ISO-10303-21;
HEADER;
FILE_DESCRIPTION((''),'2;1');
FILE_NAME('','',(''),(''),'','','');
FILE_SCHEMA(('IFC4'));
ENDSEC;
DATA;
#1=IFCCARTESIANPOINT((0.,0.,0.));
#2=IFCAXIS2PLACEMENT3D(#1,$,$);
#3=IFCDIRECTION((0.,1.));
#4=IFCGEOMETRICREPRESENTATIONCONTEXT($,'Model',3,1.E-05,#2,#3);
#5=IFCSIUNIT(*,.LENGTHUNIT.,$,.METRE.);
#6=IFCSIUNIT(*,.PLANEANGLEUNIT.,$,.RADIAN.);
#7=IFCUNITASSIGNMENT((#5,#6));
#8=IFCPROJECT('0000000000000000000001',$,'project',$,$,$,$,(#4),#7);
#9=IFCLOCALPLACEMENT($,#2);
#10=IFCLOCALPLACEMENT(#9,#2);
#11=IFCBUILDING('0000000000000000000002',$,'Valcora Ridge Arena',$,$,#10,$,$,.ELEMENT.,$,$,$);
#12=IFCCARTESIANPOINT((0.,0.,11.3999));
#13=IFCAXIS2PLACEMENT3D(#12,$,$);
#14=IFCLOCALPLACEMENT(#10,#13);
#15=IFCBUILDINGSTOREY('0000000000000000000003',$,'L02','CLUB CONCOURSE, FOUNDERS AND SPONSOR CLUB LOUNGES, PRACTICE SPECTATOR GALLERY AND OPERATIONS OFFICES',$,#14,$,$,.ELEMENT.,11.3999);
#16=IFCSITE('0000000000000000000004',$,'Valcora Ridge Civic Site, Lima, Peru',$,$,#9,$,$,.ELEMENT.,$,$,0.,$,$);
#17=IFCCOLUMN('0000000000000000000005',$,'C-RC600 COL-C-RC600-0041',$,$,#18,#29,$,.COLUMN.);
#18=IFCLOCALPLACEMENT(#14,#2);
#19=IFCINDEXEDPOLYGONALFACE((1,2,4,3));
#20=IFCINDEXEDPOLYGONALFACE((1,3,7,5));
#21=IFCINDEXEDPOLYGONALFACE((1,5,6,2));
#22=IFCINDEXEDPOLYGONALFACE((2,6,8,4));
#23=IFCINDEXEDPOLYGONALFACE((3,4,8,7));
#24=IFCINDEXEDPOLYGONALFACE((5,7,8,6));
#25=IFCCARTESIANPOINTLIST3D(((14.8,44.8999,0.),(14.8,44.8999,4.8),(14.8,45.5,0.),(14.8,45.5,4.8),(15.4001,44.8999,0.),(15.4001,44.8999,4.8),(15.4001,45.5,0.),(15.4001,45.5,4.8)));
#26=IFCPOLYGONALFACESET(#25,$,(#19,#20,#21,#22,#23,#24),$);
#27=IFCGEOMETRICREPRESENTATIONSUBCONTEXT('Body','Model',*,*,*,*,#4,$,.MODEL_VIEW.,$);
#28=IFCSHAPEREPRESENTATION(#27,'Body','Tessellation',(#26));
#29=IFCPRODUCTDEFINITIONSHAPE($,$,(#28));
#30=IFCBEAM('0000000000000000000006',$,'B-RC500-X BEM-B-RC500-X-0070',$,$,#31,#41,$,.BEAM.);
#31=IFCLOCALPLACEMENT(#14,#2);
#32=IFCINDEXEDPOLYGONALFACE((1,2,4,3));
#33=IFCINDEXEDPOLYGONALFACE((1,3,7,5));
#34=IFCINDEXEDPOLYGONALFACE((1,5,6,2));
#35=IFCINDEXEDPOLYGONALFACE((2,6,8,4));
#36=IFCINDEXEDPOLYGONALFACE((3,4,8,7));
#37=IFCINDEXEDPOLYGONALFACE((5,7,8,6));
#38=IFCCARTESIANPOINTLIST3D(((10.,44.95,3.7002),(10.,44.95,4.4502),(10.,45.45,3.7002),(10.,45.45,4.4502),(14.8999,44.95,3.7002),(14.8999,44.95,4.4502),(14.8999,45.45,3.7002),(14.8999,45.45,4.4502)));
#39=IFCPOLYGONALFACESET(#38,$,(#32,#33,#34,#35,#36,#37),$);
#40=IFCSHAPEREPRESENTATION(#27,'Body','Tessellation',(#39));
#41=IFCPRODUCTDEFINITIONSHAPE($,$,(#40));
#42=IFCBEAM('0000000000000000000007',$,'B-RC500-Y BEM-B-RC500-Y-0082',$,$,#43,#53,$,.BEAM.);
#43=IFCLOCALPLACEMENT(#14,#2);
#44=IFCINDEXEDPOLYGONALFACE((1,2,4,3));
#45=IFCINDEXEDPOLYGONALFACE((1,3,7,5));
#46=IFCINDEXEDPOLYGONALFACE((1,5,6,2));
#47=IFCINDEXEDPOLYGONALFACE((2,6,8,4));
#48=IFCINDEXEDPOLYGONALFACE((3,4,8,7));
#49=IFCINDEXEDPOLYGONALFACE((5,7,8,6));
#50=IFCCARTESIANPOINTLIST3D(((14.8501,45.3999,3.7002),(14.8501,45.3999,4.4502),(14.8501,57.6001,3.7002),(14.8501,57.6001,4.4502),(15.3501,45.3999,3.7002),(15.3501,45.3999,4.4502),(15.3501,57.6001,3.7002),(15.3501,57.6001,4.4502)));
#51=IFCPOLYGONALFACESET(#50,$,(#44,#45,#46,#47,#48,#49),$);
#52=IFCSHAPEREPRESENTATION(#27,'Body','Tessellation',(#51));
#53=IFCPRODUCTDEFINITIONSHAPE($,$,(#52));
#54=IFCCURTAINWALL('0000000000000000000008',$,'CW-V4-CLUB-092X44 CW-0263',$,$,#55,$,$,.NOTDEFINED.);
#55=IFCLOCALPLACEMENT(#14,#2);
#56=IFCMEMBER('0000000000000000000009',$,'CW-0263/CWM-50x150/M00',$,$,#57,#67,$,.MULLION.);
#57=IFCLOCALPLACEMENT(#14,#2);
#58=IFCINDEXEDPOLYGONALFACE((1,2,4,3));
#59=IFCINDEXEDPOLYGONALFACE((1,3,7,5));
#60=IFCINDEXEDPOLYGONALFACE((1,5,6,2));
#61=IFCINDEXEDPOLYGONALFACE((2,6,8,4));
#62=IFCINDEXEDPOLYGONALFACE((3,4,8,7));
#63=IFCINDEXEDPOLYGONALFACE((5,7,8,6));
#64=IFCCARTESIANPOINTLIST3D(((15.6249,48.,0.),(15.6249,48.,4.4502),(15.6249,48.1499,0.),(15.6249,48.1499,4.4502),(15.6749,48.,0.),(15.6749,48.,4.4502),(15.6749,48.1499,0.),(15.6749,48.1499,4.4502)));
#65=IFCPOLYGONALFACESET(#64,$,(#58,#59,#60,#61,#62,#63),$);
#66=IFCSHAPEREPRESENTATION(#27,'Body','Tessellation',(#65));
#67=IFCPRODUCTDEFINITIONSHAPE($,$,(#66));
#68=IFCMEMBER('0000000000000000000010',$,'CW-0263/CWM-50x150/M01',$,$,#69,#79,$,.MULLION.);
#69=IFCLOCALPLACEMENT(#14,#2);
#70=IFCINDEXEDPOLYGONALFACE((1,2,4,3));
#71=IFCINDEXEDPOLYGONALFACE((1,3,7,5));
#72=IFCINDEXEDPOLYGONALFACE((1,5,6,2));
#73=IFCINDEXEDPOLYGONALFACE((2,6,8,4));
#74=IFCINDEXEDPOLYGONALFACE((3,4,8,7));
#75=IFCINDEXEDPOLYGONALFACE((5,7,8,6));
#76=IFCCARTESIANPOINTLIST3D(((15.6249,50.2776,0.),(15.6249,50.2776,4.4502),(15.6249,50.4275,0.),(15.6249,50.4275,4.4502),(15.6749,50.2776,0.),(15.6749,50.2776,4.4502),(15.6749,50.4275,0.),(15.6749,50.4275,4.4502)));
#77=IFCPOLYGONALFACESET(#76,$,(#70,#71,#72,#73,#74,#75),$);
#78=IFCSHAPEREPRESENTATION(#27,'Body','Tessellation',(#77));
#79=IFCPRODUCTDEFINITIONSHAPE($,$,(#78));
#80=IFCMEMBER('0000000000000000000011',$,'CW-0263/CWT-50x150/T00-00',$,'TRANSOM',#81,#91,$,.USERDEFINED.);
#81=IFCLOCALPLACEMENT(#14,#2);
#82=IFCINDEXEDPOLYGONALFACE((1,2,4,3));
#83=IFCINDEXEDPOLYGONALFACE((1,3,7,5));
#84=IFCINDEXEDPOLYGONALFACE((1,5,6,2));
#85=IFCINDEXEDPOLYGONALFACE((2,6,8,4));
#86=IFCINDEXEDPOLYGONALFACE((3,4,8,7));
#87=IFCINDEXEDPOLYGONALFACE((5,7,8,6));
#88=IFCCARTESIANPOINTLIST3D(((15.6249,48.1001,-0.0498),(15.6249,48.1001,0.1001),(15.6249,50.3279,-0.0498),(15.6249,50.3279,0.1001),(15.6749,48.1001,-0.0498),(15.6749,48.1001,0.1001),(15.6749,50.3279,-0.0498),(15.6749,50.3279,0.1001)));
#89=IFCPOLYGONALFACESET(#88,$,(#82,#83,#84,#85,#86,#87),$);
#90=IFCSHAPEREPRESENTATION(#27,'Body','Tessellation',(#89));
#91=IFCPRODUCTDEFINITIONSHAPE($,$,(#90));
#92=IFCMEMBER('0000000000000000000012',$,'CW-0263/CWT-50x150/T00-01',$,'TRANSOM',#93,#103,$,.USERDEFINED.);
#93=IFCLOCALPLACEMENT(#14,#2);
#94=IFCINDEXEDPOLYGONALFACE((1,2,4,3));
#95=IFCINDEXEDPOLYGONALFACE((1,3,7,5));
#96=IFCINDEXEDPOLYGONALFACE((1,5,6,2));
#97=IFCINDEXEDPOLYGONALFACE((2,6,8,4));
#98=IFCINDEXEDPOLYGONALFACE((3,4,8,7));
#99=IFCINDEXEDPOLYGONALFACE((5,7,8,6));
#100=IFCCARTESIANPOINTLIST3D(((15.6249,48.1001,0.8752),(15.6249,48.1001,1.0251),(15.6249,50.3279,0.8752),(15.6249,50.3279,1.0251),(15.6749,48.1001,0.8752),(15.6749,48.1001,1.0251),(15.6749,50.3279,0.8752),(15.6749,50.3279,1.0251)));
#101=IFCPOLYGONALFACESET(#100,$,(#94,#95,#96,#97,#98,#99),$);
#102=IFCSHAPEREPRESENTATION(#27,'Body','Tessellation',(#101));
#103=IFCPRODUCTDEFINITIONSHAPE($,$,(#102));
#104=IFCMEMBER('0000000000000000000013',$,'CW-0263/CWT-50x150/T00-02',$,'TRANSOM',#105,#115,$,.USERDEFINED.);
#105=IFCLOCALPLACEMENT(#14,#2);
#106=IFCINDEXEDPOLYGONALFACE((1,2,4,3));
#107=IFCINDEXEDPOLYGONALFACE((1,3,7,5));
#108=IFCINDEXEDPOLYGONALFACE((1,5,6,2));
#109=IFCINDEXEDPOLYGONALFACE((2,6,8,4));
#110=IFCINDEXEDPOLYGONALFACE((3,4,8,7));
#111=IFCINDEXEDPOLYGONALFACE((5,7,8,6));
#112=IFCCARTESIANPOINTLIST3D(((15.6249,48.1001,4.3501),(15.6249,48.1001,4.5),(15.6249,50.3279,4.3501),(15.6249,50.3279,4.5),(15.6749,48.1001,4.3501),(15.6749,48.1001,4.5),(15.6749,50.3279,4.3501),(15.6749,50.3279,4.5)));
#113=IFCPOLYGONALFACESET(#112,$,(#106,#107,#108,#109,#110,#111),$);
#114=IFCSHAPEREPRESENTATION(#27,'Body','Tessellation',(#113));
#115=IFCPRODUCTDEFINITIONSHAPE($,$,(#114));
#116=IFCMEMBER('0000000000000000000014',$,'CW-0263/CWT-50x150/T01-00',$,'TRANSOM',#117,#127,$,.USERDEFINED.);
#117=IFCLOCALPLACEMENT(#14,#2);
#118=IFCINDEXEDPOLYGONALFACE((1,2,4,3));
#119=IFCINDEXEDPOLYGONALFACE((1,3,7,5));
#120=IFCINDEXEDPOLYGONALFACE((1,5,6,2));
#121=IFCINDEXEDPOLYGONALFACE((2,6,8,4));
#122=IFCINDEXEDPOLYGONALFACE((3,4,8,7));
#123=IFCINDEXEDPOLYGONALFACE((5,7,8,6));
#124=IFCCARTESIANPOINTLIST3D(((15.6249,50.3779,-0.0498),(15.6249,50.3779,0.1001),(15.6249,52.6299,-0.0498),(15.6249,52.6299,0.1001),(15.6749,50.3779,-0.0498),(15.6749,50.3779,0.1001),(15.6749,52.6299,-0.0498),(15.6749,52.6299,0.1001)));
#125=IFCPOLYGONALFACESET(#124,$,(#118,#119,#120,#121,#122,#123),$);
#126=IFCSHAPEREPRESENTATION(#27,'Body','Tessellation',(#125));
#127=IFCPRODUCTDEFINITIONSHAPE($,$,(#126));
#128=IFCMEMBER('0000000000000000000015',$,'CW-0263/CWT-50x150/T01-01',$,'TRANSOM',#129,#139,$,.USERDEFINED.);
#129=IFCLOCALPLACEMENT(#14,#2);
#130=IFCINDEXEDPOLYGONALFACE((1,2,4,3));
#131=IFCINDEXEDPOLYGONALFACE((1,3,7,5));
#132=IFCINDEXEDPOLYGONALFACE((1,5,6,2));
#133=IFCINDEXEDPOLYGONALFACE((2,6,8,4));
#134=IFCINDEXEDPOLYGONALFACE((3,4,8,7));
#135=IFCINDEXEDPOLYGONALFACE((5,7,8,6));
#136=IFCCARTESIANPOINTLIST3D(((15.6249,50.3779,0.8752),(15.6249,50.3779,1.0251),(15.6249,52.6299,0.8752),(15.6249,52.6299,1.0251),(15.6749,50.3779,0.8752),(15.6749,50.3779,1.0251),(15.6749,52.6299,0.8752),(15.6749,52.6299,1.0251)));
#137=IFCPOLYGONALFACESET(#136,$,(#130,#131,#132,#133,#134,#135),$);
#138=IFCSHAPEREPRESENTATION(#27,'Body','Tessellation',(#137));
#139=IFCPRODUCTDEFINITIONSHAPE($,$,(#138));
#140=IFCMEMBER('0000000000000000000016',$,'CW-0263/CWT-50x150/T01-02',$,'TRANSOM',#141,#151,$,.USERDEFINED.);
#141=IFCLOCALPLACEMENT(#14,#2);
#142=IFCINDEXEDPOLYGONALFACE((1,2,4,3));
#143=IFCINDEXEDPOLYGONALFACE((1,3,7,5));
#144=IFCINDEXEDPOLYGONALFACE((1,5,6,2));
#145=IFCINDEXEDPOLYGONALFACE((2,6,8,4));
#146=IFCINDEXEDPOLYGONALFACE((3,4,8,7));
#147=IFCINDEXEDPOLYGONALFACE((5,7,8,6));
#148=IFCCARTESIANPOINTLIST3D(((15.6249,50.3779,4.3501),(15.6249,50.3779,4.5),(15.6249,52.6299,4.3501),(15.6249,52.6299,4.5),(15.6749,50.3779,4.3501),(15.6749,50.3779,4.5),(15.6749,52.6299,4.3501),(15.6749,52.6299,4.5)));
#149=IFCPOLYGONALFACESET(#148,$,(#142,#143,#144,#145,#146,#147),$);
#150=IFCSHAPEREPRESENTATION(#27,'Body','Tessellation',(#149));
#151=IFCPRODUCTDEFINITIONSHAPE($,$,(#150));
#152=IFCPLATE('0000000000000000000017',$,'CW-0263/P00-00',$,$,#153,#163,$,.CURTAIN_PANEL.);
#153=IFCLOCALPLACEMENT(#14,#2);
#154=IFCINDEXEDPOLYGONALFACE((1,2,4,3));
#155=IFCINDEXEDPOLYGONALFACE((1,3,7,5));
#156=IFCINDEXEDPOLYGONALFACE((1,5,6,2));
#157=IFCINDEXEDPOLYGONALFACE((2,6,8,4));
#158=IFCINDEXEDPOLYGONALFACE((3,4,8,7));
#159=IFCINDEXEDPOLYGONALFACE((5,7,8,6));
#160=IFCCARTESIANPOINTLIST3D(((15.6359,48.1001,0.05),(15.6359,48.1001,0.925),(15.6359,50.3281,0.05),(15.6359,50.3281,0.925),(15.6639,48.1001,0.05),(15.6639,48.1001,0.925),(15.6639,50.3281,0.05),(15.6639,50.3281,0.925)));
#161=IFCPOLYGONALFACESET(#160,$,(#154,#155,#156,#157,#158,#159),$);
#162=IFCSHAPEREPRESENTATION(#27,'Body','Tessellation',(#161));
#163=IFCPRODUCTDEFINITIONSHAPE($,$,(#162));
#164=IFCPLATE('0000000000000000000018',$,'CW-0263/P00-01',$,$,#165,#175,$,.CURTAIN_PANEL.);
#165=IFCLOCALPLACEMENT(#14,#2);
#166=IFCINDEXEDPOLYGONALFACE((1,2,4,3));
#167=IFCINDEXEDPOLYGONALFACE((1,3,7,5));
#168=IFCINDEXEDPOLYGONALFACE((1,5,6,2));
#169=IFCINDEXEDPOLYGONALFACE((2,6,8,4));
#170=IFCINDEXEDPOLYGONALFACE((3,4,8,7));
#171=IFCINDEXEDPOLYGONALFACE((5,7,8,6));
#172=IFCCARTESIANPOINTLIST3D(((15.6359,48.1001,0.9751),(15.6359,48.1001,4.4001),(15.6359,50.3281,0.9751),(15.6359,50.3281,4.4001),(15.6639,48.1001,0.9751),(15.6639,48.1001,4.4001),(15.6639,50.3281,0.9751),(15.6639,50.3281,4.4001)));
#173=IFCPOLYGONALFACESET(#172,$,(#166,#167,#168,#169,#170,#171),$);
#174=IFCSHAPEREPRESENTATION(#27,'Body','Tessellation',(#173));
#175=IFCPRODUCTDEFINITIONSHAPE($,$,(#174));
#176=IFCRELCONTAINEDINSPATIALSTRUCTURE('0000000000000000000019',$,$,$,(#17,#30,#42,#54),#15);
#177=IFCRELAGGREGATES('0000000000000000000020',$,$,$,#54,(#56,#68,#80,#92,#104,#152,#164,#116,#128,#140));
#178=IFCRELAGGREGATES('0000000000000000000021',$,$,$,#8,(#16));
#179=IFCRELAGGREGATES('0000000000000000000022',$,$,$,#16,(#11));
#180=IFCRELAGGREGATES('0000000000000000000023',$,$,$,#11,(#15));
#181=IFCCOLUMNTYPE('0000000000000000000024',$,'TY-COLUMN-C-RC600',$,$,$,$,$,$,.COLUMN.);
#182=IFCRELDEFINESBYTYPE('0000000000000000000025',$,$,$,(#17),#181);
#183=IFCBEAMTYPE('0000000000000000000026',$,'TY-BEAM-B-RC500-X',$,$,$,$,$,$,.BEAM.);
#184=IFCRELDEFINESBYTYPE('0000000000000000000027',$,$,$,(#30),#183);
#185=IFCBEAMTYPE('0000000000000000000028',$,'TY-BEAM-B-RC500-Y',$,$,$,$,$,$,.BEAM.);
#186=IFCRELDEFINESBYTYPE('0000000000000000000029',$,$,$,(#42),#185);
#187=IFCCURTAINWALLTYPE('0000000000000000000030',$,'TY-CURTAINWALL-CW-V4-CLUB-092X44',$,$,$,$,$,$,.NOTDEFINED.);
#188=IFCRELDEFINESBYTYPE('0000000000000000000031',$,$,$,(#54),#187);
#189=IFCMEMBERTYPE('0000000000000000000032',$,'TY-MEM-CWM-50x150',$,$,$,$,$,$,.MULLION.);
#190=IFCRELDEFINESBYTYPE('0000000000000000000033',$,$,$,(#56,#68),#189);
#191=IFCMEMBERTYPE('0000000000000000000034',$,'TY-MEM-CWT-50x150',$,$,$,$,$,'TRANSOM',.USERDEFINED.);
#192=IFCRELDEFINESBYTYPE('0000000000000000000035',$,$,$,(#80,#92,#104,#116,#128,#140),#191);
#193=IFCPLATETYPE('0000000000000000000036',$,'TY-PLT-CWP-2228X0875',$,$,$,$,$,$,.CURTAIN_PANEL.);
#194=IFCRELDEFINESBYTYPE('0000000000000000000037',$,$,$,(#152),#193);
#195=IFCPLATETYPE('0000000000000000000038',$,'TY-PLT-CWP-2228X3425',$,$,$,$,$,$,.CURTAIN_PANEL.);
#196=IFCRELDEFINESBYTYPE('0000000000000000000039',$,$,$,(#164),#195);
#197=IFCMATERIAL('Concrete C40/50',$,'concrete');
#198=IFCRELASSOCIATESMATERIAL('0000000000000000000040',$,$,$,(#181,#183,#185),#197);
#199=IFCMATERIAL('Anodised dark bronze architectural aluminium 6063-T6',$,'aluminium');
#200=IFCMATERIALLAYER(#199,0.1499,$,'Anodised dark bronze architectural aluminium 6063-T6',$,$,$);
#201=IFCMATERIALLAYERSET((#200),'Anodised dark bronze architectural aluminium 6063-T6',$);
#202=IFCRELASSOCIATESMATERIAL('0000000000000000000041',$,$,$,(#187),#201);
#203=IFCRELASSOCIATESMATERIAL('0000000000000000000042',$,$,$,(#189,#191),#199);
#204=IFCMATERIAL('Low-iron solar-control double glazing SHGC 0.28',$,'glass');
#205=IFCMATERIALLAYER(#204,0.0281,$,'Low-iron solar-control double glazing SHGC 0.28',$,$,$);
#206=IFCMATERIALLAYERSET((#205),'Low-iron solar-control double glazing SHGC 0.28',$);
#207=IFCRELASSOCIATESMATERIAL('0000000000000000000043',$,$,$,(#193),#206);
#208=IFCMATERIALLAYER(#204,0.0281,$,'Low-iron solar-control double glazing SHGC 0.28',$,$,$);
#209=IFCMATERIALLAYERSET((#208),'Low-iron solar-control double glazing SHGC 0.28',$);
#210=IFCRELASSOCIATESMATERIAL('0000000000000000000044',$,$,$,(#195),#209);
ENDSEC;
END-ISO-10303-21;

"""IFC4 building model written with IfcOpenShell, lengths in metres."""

from ifc_helpers import new_model, si_unit, direction, frame, origin, origin_2d, place, context, subcontext, project, spatial, rectangle, extrude, material, layer, layer_set, material_profile, profile_set, type_object, element, aggregate, save


model = new_model("IFC4")

# Units and contexts
model_context = context("Model", 3, precision=1e-05, world=origin(), true_north=direction((0.0, 1.0)))
body_context = subcontext(model_context, "Body", "Model", "MODEL_VIEW")
ifc_project = project(units=[si_unit("LENGTHUNIT", "METRE"), si_unit("PLANEANGLEUNIT", "RADIAN")], contexts=[model_context])

# Site, building, storey
site_placement = place(None, origin())
site = spatial("IfcSite", under=ifc_project, at=site_placement, Name="Valcora Ridge Civic Site, Lima, Peru", CompositionType="ELEMENT", RefElevation=0.0)
building_placement = place(site_placement, origin())
building = spatial("IfcBuilding", under=site, at=building_placement, Name="Valcora Ridge Arena", CompositionType="ELEMENT")
storey_placement = place(building_placement, frame((0.0, 0.0, 11.3999)))
storey = spatial("IfcBuildingStorey", under=building, at=storey_placement, Name="L02", Description="CLUB CONCOURSE, FOUNDERS AND SPONSOR CLUB LOUNGES, PRACTICE SPECTATOR GALLERY AND OPERATIONS OFFICES", CompositionType="ELEMENT", Elevation=11.3999)

# Column
ifc_material_1 = material(Name="Concrete C40/50", Category="concrete")
ifc_material_profile_1 = material_profile(ifc_material_1, rectangle(XDim=0.6001, YDim=0.6001, at=origin_2d()), Name="RC 600x600")
ifc_profile_set_1 = profile_set([ifc_material_profile_1], Name="Concrete C40/50")
column_type = type_object("IfcColumnType", Name="TY-COLUMN-C-RC600", PredefinedType="COLUMN", material=ifc_profile_set_1)
column_placement = place(storey_placement, frame((15.1001, 45.2, 0.0), z_axis=(0.0, 0.0, 1.0), x_axis=(1.0, 0.0, 0.0)))
element("IfcColumn", 1, at=column_placement, inside=storey, type_object=column_type, Name="C-RC600 COL-C-RC600-0041", PredefinedType="COLUMN", context=body_context, shape_type="SweptSolid", body=[
    extrude(rectangle(XDim=0.6001, YDim=0.6001, at=origin_2d()), origin(), (0.0, 0.0, 1.0), 4.8),
])

# Beams
ifc_material_profile_2 = material_profile(ifc_material_1, rectangle(XDim=0.5, YDim=0.75, at=origin_2d()), Name="RC 500x750")
ifc_profile_set_2 = profile_set([ifc_material_profile_2], Name="Concrete C40/50")
beam_type_1 = type_object("IfcBeamType", Name="TY-BEAM-B-RC500-X", PredefinedType="BEAM", material=ifc_profile_set_2)
beam_1_placement = place(storey_placement, frame((10.0, 45.2, 4.0752), z_axis=(1.0, 0.0, 0.0), x_axis=(0.0, 1.0, 0.0)))
element("IfcBeam", 2, at=beam_1_placement, inside=storey, type_object=beam_type_1, Name="B-RC500-X BEM-B-RC500-X-0070", PredefinedType="BEAM", context=body_context, shape_type="SweptSolid", body=[
    extrude(rectangle(XDim=0.5, YDim=0.75, at=origin_2d()), origin(), (0.0, 0.0, 1.0), 4.8999),
])
ifc_material_profile_3 = material_profile(ifc_material_1, rectangle(XDim=0.5, YDim=0.75, at=origin_2d()), Name="RC 500x750")
ifc_profile_set_3 = profile_set([ifc_material_profile_3], Name="Concrete C40/50")
beam_type_2 = type_object("IfcBeamType", Name="TY-BEAM-B-RC500-Y", PredefinedType="BEAM", material=ifc_profile_set_3)
beam_2_placement = place(storey_placement, frame((15.1001, 45.3999, 4.0752), z_axis=(0.0, 1.0, 0.0), x_axis=(-1.0, 0.0, 0.0)))
element("IfcBeam", 3, at=beam_2_placement, inside=storey, type_object=beam_type_2, Name="B-RC500-Y BEM-B-RC500-Y-0082", PredefinedType="BEAM", context=body_context, shape_type="SweptSolid", body=[
    extrude(rectangle(XDim=0.5, YDim=0.75, at=origin_2d()), origin(), (0.0, 0.0, 1.0), 12.2002),
])

# Curtain wall, members, plates
ifc_material_2 = material(Name="Anodised dark bronze architectural aluminium 6063-T6", Category="aluminium")
ifc_layer_1 = layer(ifc_material_2, 0.1499, Name="Anodised dark bronze architectural aluminium 6063-T6")
ifc_layer_set_1 = layer_set([ifc_layer_1], Name="Anodised dark bronze architectural aluminium 6063-T6")
curtain_wall_type = type_object("IfcCurtainWallType", Name="TY-CURTAINWALL-CW-V4-CLUB-092X44", PredefinedType="NOTDEFINED", material=ifc_layer_set_1)
curtain_wall_placement = place(storey_placement, origin())
curtain_wall = element("IfcCurtainWall", 4, at=curtain_wall_placement, inside=storey, type_object=curtain_wall_type, Name="CW-V4-CLUB-092X44 CW-0263", PredefinedType="NOTDEFINED")
ifc_material_profile_4 = material_profile(ifc_material_2, rectangle(XDim=0.05, YDim=0.1499, at=origin_2d()), Name="ALU MULLION 50x150")
ifc_profile_set_4 = profile_set([ifc_material_profile_4], Name="Anodised dark bronze architectural aluminium 6063-T6")
member_type_1 = type_object("IfcMemberType", Name="TY-MEM-CWM-50x150", PredefinedType="MULLION", material=ifc_profile_set_4)
member_1_placement = place(storey_placement, frame((15.6499, 48.075, 0.0), z_axis=(0.0, 0.0, 1.0), x_axis=(-1.0, 0.0, 0.0)))
member_1 = element("IfcMember", 5, at=member_1_placement, type_object=member_type_1, Name="CW-0263/CWM-50x150/M00", PredefinedType="MULLION", context=body_context, shape_type="SweptSolid", body=[
    extrude(rectangle(XDim=0.05, YDim=0.1499, at=origin_2d()), origin(), (0.0, 0.0, 1.0), 4.4502),
])
member_2_placement = place(storey_placement, frame((15.6499, 50.3525, 0.0), z_axis=(0.0, 0.0, 1.0), x_axis=(-1.0, 0.0, 0.0)))
member_2 = element("IfcMember", 6, at=member_2_placement, type_object=member_type_1, Name="CW-0263/CWM-50x150/M01", PredefinedType="MULLION", context=body_context, shape_type="SweptSolid", body=[
    extrude(rectangle(XDim=0.05, YDim=0.1499, at=origin_2d()), origin(), (0.0, 0.0, 1.0), 4.4502),
])
ifc_material_profile_5 = material_profile(ifc_material_2, rectangle(XDim=0.05, YDim=0.1499, at=origin_2d()), Name="ALU TRANSOM 50x150")
ifc_profile_set_5 = profile_set([ifc_material_profile_5], Name="Anodised dark bronze architectural aluminium 6063-T6")
member_type_2 = type_object("IfcMemberType", Name="TY-MEM-CWT-50x150", ElementType="TRANSOM", PredefinedType="USERDEFINED", material=ifc_profile_set_5)
member_3_placement = place(storey_placement, frame((15.6499, 48.1001, 0.0251), z_axis=(0.0, 1.0, 0.0), x_axis=(-1.0, 0.0, 0.0)))
member_3 = element("IfcMember", 7, at=member_3_placement, type_object=member_type_2, Name="CW-0263/CWT-50x150/T00-00", ObjectType="TRANSOM", PredefinedType="USERDEFINED", context=body_context, shape_type="SweptSolid", body=[
    extrude(rectangle(XDim=0.05, YDim=0.1499, at=origin_2d()), origin(), (0.0, 0.0, 1.0), 2.2278),
])
member_4_placement = place(storey_placement, frame((15.6499, 48.1001, 0.9502), z_axis=(0.0, 1.0, 0.0), x_axis=(-1.0, 0.0, 0.0)))
member_4 = element("IfcMember", 8, at=member_4_placement, type_object=member_type_2, Name="CW-0263/CWT-50x150/T00-01", ObjectType="TRANSOM", PredefinedType="USERDEFINED", context=body_context, shape_type="SweptSolid", body=[
    extrude(rectangle(XDim=0.05, YDim=0.1499, at=origin_2d()), origin(), (0.0, 0.0, 1.0), 2.2278),
])
member_5_placement = place(storey_placement, frame((15.6499, 48.1001, 4.425), z_axis=(0.0, 1.0, 0.0), x_axis=(-1.0, 0.0, 0.0)))
member_5 = element("IfcMember", 9, at=member_5_placement, type_object=member_type_2, Name="CW-0263/CWT-50x150/T00-02", ObjectType="TRANSOM", PredefinedType="USERDEFINED", context=body_context, shape_type="SweptSolid", body=[
    extrude(rectangle(XDim=0.05, YDim=0.1499, at=origin_2d()), origin(), (0.0, 0.0, 1.0), 2.2278),
])
member_6_placement = place(storey_placement, frame((15.6499, 50.3779, 0.0251), z_axis=(0.0, 1.0, 0.0), x_axis=(-1.0, 0.0, 0.0)))
member_6 = element("IfcMember", 10, at=member_6_placement, type_object=member_type_2, Name="CW-0263/CWT-50x150/T01-00", ObjectType="TRANSOM", PredefinedType="USERDEFINED", context=body_context, shape_type="SweptSolid", body=[
    extrude(rectangle(XDim=0.05, YDim=0.1499, at=origin_2d()), origin(), (0.0, 0.0, 1.0), 2.252),
])
member_7_placement = place(storey_placement, frame((15.6499, 50.3779, 0.9502), z_axis=(0.0, 1.0, 0.0), x_axis=(-1.0, 0.0, 0.0)))
member_7 = element("IfcMember", 11, at=member_7_placement, type_object=member_type_2, Name="CW-0263/CWT-50x150/T01-01", ObjectType="TRANSOM", PredefinedType="USERDEFINED", context=body_context, shape_type="SweptSolid", body=[
    extrude(rectangle(XDim=0.05, YDim=0.1499, at=origin_2d()), origin(), (0.0, 0.0, 1.0), 2.252),
])
member_8_placement = place(storey_placement, frame((15.6499, 50.3779, 4.425), z_axis=(0.0, 1.0, 0.0), x_axis=(-1.0, 0.0, 0.0)))
member_8 = element("IfcMember", 12, at=member_8_placement, type_object=member_type_2, Name="CW-0263/CWT-50x150/T01-02", ObjectType="TRANSOM", PredefinedType="USERDEFINED", context=body_context, shape_type="SweptSolid", body=[
    extrude(rectangle(XDim=0.05, YDim=0.1499, at=origin_2d()), origin(), (0.0, 0.0, 1.0), 2.252),
])
ifc_material_3 = material(Name="Low-iron solar-control double glazing SHGC 0.28", Category="glass")
ifc_layer_2 = layer(ifc_material_3, 0.0281, Name="Low-iron solar-control double glazing SHGC 0.28")
ifc_layer_set_2 = layer_set([ifc_layer_2], Name="Low-iron solar-control double glazing SHGC 0.28")
plate_type_1 = type_object("IfcPlateType", Name="TY-PLT-CWP-2228X0875", PredefinedType="CURTAIN_PANEL", material=ifc_layer_set_2)
plate_1_placement = place(storey_placement, frame((15.6499, 49.2141, 0.05), z_axis=(0.0, 0.0, 1.0), x_axis=(0.0, 1.0, 0.0)))
plate_1 = element("IfcPlate", 13, at=plate_1_placement, type_object=plate_type_1, Name="CW-0263/P00-00", PredefinedType="CURTAIN_PANEL", context=body_context, shape_type="SweptSolid", body=[
    extrude(rectangle(XDim=2.228, YDim=0.0281, at=origin_2d()), origin(), (0.0, 0.0, 1.0), 0.875),
])
ifc_layer_3 = layer(ifc_material_3, 0.0281, Name="Low-iron solar-control double glazing SHGC 0.28")
ifc_layer_set_3 = layer_set([ifc_layer_3], Name="Low-iron solar-control double glazing SHGC 0.28")
plate_type_2 = type_object("IfcPlateType", Name="TY-PLT-CWP-2228X3425", PredefinedType="CURTAIN_PANEL", material=ifc_layer_set_3)
plate_2_placement = place(storey_placement, frame((15.6499, 49.2141, 0.9751), z_axis=(0.0, 0.0, 1.0), x_axis=(0.0, 1.0, 0.0)))
plate_2 = element("IfcPlate", 14, at=plate_2_placement, type_object=plate_type_2, Name="CW-0263/P00-01", PredefinedType="CURTAIN_PANEL", context=body_context, shape_type="SweptSolid", body=[
    extrude(rectangle(XDim=2.228, YDim=0.0281, at=origin_2d()), origin(), (0.0, 0.0, 1.0), 3.425),
])
aggregate(curtain_wall, [member_1, member_2, member_3, member_4, member_5, plate_1, plate_2, member_6, member_7, member_8])

save(model, "model.ifc")
